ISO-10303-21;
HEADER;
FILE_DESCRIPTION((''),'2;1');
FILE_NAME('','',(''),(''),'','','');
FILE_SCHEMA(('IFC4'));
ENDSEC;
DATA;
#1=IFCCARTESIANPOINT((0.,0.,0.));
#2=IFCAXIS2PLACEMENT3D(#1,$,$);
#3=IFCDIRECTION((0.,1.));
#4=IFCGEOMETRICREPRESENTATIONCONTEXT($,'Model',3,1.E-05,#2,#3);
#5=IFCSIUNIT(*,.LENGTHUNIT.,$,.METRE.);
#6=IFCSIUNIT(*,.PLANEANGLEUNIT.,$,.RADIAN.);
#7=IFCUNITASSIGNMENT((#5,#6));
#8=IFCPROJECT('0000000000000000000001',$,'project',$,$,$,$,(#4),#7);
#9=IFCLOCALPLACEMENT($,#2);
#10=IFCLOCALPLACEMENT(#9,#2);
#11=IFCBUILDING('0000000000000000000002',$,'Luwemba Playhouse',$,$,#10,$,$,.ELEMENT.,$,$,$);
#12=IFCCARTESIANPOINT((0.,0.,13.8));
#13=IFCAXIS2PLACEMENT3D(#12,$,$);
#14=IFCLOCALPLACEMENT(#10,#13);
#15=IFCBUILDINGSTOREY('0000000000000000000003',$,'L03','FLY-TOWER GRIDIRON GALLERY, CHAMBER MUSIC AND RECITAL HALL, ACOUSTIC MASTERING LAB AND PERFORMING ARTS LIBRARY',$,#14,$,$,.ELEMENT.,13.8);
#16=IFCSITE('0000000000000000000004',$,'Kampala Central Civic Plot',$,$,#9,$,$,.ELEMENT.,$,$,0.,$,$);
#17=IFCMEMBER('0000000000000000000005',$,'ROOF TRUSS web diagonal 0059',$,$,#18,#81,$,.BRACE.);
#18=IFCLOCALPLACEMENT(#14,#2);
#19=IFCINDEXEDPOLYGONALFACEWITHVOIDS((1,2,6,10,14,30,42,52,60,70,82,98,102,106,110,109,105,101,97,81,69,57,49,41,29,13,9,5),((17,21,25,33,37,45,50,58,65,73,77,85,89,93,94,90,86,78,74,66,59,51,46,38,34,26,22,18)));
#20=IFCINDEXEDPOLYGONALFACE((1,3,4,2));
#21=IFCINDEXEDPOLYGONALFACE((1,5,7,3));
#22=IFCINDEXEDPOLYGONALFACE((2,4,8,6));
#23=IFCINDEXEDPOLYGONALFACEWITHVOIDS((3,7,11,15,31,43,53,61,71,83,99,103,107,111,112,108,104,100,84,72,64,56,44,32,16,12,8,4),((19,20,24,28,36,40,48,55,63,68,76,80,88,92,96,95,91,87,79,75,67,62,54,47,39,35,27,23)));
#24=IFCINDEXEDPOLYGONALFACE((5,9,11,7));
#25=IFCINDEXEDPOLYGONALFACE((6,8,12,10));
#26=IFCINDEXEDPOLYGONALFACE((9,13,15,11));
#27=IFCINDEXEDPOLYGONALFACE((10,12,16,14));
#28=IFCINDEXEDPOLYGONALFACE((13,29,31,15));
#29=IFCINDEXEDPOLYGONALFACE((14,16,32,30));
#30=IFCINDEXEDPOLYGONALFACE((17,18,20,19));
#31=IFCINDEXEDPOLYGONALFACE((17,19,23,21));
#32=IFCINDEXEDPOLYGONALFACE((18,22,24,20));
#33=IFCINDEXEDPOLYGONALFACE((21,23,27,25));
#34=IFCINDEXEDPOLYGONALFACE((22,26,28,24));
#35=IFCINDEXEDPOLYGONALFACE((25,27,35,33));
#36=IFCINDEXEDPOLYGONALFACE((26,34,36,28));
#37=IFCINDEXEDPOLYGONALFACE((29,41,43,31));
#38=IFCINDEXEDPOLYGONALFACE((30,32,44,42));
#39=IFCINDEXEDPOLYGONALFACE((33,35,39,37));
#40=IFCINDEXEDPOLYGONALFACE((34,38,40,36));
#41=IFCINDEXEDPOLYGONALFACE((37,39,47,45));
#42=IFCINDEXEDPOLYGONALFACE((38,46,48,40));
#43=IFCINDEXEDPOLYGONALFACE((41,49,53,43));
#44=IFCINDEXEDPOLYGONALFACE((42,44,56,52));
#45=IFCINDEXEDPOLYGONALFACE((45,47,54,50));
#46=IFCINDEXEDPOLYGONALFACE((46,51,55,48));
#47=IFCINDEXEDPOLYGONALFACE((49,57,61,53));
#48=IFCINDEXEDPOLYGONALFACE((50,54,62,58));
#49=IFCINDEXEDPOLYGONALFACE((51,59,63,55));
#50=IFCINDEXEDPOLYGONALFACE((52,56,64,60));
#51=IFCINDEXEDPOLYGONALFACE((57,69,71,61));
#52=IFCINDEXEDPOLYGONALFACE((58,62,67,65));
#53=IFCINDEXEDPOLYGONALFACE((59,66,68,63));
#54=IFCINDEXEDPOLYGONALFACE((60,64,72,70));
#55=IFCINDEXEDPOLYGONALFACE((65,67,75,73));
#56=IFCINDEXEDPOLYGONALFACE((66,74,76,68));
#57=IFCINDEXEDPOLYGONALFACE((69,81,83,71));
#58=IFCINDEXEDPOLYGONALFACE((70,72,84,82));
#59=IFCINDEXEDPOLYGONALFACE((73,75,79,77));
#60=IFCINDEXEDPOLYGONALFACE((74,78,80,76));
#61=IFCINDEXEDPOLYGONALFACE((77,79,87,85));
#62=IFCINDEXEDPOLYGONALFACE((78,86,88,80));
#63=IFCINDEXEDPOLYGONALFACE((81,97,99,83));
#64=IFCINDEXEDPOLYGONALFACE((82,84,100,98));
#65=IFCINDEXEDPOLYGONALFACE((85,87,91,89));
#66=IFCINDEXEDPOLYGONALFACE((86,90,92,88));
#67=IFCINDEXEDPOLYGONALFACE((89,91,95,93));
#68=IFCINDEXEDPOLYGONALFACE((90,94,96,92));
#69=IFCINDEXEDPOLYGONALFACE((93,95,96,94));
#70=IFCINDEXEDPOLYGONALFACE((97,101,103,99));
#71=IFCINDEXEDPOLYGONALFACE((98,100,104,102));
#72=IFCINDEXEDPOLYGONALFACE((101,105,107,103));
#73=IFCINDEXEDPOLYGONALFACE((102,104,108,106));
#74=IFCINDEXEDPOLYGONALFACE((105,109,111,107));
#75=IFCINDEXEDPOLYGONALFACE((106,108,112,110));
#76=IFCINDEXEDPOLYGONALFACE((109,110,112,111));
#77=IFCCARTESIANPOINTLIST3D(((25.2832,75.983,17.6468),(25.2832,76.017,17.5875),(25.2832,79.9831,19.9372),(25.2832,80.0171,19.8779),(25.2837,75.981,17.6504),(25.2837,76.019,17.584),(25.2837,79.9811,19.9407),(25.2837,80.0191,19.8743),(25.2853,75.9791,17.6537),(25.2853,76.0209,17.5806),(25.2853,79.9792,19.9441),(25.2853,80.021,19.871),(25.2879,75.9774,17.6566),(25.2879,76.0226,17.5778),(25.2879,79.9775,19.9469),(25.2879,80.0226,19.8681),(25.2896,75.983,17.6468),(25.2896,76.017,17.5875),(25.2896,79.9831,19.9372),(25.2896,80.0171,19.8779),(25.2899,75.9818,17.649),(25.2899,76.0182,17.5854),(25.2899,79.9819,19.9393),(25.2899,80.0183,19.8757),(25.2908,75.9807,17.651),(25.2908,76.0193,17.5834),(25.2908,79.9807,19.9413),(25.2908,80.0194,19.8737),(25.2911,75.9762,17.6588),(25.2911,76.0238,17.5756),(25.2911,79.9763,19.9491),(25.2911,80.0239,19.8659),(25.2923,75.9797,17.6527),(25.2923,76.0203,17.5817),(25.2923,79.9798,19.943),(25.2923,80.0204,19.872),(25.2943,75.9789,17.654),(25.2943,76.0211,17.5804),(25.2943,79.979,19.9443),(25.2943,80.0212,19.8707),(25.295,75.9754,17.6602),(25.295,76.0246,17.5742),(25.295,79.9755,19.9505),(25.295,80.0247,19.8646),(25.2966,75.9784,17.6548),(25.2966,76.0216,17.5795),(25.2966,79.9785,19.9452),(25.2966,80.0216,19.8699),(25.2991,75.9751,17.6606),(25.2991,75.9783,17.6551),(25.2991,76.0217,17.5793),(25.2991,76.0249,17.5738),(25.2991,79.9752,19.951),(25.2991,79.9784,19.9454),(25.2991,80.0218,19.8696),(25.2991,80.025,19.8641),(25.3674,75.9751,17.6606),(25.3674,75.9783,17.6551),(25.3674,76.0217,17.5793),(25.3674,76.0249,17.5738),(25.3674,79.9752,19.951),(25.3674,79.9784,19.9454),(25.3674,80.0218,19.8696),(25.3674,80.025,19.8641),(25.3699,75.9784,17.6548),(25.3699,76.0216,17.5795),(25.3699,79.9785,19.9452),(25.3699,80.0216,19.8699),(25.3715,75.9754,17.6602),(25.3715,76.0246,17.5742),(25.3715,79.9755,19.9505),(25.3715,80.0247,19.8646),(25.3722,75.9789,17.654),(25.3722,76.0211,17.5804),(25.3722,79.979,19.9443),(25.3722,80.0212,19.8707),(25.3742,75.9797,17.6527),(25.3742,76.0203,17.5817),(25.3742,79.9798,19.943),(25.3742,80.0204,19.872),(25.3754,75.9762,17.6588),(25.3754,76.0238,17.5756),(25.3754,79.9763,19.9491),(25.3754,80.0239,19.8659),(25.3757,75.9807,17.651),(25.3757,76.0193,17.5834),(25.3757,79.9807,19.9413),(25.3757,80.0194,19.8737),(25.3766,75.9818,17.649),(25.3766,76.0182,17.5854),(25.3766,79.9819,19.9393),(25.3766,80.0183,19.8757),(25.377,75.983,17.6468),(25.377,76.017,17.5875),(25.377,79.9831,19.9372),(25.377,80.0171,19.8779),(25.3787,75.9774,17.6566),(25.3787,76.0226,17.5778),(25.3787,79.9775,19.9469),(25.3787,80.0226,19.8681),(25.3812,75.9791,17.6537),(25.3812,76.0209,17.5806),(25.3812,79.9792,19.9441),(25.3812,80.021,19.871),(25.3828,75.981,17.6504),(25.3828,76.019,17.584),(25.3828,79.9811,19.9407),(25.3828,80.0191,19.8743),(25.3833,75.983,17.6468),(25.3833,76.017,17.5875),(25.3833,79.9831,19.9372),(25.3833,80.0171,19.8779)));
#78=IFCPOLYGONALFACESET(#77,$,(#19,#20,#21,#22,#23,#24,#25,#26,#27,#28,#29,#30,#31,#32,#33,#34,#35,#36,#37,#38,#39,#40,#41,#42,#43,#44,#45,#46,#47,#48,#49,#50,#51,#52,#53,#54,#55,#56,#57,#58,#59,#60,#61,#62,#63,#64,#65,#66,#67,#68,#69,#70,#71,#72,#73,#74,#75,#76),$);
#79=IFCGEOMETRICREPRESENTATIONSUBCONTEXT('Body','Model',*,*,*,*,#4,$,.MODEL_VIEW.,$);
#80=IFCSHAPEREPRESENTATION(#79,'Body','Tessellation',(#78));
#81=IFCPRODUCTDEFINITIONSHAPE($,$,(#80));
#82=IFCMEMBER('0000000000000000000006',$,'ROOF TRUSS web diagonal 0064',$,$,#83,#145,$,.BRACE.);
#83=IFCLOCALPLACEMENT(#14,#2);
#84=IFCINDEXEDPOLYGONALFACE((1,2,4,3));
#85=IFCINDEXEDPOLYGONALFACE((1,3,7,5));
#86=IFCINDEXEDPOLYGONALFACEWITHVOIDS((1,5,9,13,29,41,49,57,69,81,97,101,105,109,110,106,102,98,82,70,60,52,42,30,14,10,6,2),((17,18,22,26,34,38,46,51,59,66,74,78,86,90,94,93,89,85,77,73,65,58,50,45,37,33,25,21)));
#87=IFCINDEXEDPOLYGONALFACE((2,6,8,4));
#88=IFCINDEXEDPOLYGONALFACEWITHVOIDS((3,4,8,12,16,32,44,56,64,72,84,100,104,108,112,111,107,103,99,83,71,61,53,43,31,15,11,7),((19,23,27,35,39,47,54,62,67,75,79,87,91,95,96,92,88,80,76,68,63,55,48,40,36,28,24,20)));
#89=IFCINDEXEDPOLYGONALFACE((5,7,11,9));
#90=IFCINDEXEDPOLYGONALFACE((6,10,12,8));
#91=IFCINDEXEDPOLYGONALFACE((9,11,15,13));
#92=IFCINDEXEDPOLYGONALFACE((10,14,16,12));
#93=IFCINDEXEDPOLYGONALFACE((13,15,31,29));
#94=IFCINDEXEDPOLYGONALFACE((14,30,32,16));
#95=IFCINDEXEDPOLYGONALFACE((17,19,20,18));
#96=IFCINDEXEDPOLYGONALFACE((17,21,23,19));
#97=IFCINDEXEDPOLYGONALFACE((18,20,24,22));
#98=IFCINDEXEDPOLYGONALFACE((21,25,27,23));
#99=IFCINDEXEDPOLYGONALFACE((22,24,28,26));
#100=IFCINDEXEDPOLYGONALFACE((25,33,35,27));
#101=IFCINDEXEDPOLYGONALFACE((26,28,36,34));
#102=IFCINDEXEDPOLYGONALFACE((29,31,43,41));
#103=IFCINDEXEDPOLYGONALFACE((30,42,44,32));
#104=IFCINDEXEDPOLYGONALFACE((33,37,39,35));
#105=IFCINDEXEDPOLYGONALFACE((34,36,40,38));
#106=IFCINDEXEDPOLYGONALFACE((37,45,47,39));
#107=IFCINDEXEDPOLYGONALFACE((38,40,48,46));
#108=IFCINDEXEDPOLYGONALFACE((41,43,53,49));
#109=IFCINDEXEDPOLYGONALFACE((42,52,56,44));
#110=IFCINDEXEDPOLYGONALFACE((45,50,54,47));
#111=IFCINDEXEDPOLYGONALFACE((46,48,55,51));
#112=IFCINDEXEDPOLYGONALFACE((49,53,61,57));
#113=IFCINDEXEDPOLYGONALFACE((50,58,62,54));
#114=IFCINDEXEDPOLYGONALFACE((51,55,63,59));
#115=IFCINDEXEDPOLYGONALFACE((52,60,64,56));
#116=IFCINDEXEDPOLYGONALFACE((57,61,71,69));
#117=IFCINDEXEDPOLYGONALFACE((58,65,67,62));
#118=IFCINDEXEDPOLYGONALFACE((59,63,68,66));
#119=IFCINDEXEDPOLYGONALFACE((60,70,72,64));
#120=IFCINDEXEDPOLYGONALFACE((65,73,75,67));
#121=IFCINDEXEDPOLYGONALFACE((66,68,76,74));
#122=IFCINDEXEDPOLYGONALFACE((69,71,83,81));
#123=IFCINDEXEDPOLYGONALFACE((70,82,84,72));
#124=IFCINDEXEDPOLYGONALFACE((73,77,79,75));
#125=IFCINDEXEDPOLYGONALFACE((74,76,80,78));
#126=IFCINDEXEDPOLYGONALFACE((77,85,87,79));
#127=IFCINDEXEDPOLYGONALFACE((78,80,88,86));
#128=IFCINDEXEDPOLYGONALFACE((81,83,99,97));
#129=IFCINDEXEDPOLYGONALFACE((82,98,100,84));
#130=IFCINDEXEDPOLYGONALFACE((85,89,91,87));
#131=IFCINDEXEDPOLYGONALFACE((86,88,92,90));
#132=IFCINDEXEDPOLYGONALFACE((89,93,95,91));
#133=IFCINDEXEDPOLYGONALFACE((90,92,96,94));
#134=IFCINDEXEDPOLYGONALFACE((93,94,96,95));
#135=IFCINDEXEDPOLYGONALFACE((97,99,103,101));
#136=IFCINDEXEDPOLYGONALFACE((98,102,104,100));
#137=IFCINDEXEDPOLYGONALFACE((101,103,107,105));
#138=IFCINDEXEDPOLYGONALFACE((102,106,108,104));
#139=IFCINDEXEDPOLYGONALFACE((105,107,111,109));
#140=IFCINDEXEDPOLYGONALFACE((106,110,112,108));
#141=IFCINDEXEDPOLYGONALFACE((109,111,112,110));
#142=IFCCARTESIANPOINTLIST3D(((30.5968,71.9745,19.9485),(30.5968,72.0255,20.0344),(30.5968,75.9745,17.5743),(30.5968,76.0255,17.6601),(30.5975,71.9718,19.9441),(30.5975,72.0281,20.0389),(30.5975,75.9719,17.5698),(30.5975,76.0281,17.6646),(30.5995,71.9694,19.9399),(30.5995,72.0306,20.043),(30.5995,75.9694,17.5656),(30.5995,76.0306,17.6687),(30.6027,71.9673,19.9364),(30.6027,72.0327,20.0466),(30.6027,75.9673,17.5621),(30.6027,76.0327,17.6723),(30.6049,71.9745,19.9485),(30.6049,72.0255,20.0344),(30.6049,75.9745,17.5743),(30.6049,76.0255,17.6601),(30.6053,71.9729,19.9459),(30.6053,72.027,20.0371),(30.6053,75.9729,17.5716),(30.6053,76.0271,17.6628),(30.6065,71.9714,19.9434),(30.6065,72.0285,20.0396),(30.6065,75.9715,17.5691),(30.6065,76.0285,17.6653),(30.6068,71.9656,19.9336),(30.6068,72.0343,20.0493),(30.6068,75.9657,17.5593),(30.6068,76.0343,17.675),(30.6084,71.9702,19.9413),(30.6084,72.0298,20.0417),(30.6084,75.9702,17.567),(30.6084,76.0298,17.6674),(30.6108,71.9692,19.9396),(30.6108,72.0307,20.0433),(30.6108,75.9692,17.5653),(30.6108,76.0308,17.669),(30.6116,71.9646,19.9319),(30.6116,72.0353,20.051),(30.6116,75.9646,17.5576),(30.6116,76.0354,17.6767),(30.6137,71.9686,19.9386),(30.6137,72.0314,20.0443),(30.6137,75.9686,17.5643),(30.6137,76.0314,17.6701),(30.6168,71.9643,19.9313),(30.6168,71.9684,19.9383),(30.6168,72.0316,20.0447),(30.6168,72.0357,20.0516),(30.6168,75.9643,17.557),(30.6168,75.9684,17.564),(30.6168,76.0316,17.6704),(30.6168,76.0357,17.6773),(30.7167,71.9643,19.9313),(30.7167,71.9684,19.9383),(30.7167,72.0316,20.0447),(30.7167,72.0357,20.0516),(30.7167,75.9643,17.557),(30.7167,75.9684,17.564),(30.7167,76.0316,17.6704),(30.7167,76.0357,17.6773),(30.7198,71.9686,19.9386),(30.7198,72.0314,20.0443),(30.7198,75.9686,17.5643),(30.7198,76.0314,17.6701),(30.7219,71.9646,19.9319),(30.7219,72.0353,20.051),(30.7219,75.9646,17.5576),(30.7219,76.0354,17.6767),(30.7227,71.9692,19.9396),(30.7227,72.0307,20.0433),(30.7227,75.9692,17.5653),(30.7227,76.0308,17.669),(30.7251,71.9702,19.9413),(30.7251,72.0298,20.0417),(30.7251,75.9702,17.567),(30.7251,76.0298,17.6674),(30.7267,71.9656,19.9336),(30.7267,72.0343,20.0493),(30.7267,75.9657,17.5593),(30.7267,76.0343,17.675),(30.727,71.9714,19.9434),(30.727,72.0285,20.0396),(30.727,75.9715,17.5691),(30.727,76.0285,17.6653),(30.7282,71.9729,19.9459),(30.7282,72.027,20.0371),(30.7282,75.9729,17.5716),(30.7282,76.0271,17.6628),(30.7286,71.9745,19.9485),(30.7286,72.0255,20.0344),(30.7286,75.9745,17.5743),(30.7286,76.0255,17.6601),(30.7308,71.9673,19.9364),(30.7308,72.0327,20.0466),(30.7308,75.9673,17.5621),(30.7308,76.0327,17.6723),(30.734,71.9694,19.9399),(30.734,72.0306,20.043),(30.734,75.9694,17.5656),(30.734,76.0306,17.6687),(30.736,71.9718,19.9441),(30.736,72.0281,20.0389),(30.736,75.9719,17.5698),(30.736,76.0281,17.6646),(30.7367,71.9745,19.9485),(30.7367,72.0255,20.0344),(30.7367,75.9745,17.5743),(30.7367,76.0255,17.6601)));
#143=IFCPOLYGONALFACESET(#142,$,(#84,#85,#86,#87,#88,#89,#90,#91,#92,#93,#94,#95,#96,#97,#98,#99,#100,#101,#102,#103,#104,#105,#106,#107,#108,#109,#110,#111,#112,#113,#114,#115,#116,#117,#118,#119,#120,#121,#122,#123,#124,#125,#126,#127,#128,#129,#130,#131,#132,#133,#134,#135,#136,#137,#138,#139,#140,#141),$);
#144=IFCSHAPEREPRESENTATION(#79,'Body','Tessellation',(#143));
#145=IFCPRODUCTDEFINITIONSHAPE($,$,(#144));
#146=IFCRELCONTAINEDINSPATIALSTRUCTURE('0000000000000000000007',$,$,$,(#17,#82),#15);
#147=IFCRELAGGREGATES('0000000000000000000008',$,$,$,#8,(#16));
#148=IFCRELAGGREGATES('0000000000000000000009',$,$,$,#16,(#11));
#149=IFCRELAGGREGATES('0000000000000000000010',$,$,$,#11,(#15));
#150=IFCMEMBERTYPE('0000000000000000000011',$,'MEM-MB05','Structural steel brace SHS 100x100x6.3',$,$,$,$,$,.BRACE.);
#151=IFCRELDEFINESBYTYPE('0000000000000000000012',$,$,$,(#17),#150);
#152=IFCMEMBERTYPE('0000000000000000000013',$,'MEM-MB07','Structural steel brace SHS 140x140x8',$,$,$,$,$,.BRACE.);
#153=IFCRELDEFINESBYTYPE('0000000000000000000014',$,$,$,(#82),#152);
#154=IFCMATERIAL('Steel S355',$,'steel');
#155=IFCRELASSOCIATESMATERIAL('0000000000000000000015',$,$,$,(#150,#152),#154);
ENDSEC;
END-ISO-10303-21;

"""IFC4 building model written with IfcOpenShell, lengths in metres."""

from ifc_helpers import new_model, si_unit, direction, frame, origin, origin_2d, place, context, subcontext, project, spatial, hollow_rectangle, extrude, material, material_profile, profile_set, type_object, element, save


model = new_model("IFC4")

# Units and contexts
model_context = context("Model", 3, precision=1e-05, world=origin(), true_north=direction((0.0, 1.0)))
body_context = subcontext(model_context, "Body", "Model", "MODEL_VIEW")
ifc_project = project(units=[si_unit("LENGTHUNIT", "METRE"), si_unit("PLANEANGLEUNIT", "RADIAN")], contexts=[model_context])

# Site, building, storey
site_placement = place(None, origin())
site = spatial("IfcSite", under=ifc_project, at=site_placement, Name="Kampala Central Civic Plot", CompositionType="ELEMENT", RefElevation=0.0)
building_placement = place(site_placement, origin())
building = spatial("IfcBuilding", under=site, at=building_placement, Name="Luwemba Playhouse", CompositionType="ELEMENT")
storey_placement = place(building_placement, frame((0.0, 0.0, 13.8)))
storey = spatial("IfcBuildingStorey", under=building, at=storey_placement, Name="L03", Description="FLY-TOWER GRIDIRON GALLERY, CHAMBER MUSIC AND RECITAL HALL, ACOUSTIC MASTERING LAB AND PERFORMING ARTS LIBRARY", CompositionType="ELEMENT", Elevation=13.8)

# Shared definitions
ifc_material_1 = material(Name="Steel S355", Category="steel")

# Members
ifc_material_profile_1 = material_profile(ifc_material_1, hollow_rectangle(XDim=0.1001, YDim=0.1001, WallThickness=0.0063, InnerFilletRadius=0.0095, OuterFilletRadius=0.0159, at=origin_2d()))
ifc_profile_set_1 = profile_set([ifc_material_profile_1], Name="Steel S355")
member_type_1 = type_object("IfcMemberType", Name="MEM-MB05", Description="Structural steel brace SHS 100x100x6.3", PredefinedType="BRACE", material=ifc_profile_set_1)
for number, where, z_axis, x_axis, name in (
    (1, (25.3333, 76.0, 17.6172), (0.0, 0.867816, 0.496886), (-1.0, 0.0, 0.0), "ROOF TRUSS web diagonal 0059"),
):
    element("IfcMember", number, at=place(storey_placement, frame(where, z_axis=z_axis, x_axis=x_axis)), inside=storey, type_object=member_type_1, Name=name, PredefinedType="BRACE", context=body_context, shape_type="SweptSolid", body=[
        extrude(hollow_rectangle(XDim=0.1001, YDim=0.1001, WallThickness=0.0063, InnerFilletRadius=0.0095, OuterFilletRadius=0.0159, at=origin_2d()), origin(), (0.0, 0.0, 1.0), 4.6094),
    ])
ifc_material_profile_2 = material_profile(ifc_material_1, hollow_rectangle(XDim=0.1399, YDim=0.1399, WallThickness=0.0081, InnerFilletRadius=0.012, OuterFilletRadius=0.02, at=origin_2d()))
ifc_profile_set_2 = profile_set([ifc_material_profile_2], Name="Steel S355")
member_type_2 = type_object("IfcMemberType", Name="MEM-MB07", Description="Structural steel brace SHS 140x140x8", PredefinedType="BRACE", material=ifc_profile_set_2)
member_1_placement = place(storey_placement, frame((30.6667, 76.0, 17.6172), z_axis=(0.0, -0.859924, 0.510422), x_axis=(1.0, 0.0, 0.0)))
element("IfcMember", 2, at=member_1_placement, inside=storey, type_object=member_type_2, Name="ROOF TRUSS web diagonal 0064", PredefinedType="BRACE", context=body_context, shape_type="SweptSolid", body=[
    extrude(hollow_rectangle(XDim=0.1399, YDim=0.1399, WallThickness=0.0081, InnerFilletRadius=0.012, OuterFilletRadius=0.02, at=origin_2d()), origin(), (0.0, 0.0, 1.0), 4.6516),
])

save(model, "model.ifc")
